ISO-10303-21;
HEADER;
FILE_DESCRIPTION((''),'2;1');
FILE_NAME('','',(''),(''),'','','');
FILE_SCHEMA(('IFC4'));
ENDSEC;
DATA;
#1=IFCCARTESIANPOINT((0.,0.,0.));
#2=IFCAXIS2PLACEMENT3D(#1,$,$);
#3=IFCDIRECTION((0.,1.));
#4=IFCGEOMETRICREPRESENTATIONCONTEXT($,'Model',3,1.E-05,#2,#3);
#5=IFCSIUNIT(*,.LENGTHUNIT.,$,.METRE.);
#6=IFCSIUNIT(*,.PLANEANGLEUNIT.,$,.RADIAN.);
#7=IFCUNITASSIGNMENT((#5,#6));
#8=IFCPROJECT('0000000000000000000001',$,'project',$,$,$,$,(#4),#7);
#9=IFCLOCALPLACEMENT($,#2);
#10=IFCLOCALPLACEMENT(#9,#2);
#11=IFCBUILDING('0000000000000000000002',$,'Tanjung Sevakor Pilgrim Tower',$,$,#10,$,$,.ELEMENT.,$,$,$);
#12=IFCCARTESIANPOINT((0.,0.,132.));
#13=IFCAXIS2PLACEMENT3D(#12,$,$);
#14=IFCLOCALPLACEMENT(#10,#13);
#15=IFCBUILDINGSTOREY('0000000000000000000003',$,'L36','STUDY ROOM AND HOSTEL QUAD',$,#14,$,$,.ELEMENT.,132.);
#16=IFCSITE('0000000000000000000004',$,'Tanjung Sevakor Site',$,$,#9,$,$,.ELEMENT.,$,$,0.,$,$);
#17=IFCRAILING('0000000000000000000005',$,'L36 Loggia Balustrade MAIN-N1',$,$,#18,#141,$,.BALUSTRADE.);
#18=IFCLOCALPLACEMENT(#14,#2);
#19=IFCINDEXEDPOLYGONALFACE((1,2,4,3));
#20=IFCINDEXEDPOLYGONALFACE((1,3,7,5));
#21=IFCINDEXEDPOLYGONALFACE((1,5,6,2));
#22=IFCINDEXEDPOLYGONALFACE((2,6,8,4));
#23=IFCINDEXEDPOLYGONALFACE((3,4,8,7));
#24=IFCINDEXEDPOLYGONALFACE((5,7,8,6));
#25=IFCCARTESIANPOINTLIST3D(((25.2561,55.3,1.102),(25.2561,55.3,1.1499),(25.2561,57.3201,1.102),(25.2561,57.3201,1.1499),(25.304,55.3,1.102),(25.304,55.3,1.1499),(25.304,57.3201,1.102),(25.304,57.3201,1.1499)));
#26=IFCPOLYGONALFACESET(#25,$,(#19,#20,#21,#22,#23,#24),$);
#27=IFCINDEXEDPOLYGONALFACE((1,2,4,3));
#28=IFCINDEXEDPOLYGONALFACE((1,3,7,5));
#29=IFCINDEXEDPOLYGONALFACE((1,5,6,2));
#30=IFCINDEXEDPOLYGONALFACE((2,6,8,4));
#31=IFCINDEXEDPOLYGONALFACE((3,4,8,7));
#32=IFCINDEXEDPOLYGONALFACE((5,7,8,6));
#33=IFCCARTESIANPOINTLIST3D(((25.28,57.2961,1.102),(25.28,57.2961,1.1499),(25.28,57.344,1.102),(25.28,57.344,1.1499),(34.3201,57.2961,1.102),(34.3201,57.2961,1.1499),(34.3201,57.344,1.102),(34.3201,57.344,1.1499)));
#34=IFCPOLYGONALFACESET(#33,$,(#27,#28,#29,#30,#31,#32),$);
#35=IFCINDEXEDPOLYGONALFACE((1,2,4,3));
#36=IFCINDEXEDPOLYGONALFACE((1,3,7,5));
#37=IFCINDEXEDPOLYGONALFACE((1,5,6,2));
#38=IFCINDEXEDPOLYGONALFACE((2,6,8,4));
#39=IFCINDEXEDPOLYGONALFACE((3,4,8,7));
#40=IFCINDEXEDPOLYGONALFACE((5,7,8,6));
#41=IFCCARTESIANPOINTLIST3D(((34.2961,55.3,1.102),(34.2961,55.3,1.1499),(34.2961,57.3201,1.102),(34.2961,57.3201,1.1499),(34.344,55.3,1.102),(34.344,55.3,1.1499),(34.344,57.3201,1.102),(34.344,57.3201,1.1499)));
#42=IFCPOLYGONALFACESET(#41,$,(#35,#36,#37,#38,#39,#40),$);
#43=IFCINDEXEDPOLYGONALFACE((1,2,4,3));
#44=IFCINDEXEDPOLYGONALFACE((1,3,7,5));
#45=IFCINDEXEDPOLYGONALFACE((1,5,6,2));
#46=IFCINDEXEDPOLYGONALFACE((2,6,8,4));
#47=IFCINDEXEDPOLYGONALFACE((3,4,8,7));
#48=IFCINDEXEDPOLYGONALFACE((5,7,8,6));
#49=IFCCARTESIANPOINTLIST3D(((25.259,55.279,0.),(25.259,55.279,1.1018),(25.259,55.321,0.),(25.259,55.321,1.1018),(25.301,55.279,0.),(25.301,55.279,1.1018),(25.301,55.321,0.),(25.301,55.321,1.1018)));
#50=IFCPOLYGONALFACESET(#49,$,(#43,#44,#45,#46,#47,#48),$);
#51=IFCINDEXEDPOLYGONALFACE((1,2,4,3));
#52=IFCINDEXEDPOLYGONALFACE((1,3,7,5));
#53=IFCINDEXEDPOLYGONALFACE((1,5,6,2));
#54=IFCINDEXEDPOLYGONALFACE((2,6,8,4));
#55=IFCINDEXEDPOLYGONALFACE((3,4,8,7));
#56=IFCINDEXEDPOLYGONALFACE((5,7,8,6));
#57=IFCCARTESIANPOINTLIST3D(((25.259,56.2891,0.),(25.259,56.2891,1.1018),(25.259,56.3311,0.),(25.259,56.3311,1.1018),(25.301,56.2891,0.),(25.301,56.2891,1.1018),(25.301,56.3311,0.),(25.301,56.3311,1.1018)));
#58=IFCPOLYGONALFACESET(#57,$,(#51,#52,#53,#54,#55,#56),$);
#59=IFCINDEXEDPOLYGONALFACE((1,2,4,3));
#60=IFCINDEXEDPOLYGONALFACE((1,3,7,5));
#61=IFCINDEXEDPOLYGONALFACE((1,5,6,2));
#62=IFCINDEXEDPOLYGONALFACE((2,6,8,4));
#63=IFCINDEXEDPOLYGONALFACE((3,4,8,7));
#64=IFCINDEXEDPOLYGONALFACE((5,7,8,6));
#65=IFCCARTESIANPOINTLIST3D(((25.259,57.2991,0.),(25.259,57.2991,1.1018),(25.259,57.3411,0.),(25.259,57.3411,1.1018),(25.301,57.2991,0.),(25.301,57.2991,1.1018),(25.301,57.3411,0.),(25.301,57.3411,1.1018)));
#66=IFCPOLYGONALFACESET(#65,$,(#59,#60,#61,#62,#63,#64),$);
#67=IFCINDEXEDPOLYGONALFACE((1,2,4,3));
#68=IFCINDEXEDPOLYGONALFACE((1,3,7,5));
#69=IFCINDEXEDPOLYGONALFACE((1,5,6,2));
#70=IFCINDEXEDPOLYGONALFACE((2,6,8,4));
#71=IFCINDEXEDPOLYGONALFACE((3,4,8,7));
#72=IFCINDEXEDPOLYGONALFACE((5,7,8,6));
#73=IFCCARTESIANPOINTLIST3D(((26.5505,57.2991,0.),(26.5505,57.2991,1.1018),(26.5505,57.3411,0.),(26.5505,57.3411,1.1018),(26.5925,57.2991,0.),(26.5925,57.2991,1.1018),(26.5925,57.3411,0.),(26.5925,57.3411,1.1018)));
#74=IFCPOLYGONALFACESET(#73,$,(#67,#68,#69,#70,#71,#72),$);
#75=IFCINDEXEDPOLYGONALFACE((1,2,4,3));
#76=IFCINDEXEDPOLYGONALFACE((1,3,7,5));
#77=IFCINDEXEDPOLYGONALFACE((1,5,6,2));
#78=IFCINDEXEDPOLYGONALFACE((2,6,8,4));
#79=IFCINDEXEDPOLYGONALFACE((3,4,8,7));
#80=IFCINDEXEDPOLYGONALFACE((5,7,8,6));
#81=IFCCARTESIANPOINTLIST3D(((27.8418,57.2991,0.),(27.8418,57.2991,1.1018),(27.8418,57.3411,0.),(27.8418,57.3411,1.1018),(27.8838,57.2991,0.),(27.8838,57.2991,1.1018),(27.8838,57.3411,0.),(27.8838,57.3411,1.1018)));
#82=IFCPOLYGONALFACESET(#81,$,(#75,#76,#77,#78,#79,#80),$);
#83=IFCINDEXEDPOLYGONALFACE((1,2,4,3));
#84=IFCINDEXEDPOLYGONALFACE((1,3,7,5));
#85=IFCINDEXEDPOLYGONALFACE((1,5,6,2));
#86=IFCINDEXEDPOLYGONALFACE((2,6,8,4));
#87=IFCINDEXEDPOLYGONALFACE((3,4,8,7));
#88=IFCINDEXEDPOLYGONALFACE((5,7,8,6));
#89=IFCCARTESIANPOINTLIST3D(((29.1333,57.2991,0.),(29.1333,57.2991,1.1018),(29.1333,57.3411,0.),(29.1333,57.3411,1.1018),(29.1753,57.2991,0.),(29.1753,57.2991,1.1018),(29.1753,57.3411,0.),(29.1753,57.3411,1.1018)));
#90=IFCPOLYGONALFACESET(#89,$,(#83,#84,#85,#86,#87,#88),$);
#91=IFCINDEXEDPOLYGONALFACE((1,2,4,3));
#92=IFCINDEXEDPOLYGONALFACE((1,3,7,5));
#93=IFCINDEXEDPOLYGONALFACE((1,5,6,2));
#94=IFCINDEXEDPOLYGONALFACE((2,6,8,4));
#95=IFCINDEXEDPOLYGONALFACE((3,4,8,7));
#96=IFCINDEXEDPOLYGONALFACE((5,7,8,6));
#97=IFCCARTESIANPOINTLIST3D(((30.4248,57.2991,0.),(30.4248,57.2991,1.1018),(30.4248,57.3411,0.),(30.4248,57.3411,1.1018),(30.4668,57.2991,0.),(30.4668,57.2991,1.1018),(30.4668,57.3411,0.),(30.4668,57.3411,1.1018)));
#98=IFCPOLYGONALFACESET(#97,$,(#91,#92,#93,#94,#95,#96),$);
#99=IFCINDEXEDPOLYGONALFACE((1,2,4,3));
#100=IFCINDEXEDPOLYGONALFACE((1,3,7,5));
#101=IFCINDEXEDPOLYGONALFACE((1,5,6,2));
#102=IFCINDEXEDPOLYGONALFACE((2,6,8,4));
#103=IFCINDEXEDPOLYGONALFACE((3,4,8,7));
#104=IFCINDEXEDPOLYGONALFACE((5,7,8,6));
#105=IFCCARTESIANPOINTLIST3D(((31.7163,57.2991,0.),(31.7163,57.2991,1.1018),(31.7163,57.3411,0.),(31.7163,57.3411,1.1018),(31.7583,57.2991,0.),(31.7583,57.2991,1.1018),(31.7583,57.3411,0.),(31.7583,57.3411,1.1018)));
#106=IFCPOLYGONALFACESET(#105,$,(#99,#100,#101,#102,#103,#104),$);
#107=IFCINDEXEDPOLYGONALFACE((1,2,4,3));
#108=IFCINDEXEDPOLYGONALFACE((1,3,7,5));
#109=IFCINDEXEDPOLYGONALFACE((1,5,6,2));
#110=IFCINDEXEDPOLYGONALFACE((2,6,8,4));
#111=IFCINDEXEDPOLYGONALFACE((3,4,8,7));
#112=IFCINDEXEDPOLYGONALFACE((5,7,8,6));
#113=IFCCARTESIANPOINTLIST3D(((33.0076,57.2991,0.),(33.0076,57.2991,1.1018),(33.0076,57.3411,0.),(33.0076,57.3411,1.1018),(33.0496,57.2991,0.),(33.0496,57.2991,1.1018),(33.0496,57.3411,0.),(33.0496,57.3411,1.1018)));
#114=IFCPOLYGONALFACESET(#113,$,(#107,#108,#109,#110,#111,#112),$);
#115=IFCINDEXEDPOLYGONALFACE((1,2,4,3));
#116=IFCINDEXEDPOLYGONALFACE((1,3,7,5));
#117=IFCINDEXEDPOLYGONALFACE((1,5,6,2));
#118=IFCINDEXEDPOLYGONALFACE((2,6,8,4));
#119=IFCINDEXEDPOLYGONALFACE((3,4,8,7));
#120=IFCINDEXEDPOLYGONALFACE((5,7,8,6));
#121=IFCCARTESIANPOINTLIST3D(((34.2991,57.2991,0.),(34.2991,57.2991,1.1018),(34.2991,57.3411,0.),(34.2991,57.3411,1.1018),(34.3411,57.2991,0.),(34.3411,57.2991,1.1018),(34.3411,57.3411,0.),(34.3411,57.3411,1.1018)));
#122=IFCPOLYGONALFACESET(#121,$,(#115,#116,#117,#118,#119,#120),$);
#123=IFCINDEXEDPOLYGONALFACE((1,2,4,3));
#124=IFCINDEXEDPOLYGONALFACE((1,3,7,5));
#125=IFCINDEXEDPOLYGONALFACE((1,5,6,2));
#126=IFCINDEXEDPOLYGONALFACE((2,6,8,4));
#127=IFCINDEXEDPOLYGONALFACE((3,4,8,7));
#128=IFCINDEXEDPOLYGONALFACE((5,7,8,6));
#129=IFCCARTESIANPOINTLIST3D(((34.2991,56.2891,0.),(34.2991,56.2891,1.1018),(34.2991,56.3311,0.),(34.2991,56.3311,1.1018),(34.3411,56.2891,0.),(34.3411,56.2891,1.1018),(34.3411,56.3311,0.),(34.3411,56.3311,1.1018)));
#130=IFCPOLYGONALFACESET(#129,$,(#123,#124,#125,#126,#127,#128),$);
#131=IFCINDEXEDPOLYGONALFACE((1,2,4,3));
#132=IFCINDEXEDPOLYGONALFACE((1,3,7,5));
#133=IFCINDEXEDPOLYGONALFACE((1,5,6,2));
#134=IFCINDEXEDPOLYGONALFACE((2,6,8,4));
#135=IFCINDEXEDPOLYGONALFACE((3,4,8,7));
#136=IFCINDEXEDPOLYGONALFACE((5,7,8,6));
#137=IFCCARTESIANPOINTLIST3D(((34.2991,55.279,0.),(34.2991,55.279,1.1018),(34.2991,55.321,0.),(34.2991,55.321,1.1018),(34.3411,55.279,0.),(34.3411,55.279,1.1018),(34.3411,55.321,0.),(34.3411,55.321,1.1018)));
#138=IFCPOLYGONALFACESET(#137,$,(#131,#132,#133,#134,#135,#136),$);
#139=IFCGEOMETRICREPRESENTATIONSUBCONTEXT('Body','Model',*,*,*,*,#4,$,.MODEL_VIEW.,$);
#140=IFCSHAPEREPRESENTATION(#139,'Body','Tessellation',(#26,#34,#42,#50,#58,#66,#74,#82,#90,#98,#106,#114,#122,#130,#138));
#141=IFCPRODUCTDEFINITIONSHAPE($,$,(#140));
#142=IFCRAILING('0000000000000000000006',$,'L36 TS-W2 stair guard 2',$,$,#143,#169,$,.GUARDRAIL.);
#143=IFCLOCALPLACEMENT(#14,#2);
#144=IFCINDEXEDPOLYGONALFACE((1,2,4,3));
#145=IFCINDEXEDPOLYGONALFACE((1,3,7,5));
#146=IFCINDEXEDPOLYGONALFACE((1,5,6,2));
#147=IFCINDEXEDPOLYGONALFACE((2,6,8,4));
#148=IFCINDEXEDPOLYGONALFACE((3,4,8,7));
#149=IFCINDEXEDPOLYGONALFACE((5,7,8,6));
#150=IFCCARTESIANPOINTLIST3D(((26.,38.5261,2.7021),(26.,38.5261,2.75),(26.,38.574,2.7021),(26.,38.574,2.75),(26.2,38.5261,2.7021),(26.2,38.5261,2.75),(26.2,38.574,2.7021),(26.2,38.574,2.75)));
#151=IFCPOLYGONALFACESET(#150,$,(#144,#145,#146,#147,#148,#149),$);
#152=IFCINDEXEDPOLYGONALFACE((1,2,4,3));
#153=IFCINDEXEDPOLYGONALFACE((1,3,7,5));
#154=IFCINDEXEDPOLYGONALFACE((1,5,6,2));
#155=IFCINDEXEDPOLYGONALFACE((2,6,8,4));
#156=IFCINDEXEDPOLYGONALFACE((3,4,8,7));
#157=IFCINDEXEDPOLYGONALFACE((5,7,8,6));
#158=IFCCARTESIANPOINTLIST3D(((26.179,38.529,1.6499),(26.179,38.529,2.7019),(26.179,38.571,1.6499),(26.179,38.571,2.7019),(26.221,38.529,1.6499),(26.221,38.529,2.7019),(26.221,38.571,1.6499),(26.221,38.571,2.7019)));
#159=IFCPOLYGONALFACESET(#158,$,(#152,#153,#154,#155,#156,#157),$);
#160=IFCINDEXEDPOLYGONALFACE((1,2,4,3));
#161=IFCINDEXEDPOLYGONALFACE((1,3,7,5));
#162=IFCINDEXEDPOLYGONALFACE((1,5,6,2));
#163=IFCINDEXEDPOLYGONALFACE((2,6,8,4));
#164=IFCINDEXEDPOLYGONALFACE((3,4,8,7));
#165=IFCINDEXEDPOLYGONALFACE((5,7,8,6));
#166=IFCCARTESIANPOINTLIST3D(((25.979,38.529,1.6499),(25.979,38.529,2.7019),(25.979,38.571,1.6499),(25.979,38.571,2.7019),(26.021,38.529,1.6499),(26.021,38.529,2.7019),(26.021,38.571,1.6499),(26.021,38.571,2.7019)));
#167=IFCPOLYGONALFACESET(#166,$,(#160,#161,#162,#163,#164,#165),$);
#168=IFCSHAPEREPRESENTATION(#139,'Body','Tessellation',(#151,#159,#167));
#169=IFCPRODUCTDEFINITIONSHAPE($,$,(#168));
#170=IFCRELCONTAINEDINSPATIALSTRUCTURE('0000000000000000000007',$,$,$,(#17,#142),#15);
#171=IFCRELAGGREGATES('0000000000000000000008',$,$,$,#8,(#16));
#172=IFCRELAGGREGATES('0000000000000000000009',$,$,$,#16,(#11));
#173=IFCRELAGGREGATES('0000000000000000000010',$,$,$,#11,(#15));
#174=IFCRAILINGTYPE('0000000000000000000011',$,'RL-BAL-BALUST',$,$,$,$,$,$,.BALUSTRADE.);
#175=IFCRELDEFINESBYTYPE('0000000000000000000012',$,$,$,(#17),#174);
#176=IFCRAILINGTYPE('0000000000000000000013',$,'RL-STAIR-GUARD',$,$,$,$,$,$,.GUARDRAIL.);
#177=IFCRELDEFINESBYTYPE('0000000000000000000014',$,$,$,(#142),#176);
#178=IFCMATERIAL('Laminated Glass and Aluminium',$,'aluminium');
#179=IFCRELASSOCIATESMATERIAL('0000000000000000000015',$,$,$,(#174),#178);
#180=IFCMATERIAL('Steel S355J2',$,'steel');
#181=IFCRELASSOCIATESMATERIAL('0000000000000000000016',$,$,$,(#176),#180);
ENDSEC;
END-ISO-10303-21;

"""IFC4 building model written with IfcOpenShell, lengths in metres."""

from ifc_helpers import new_model, si_unit, direction, frame, origin, place, context, subcontext, project, spatial, rectangle, extrude, material, type_object, element, save


model = new_model("IFC4")

# Units and contexts
model_context = context("Model", 3, precision=1e-05, world=origin(), true_north=direction((0.0, 1.0)))
body_context = subcontext(model_context, "Body", "Model", "MODEL_VIEW")
ifc_project = project(units=[si_unit("LENGTHUNIT", "METRE"), si_unit("PLANEANGLEUNIT", "RADIAN")], contexts=[model_context])

# Site, building, storey
site_placement = place(None, origin())
site = spatial("IfcSite", under=ifc_project, at=site_placement, Name="Tanjung Sevakor Site", CompositionType="ELEMENT", RefElevation=0.0)
building_placement = place(site_placement, origin())
building = spatial("IfcBuilding", under=site, at=building_placement, Name="Tanjung Sevakor Pilgrim Tower", CompositionType="ELEMENT")
storey_placement = place(building_placement, frame((0.0, 0.0, 132.0)))
storey = spatial("IfcBuildingStorey", under=building, at=storey_placement, Name="L36", Description="STUDY ROOM AND HOSTEL QUAD", CompositionType="ELEMENT", Elevation=132.0)

# Railings
ifc_material_1 = material(Name="Laminated Glass and Aluminium", Category="aluminium")
railing_type_1 = type_object("IfcRailingType", Name="RL-BAL-BALUST", PredefinedType="BALUSTRADE", material=ifc_material_1)
railing_1_placement = place(storey_placement, frame((25.28, 55.3, 0.0)))
element("IfcRailing", 1, at=railing_1_placement, inside=storey, type_object=railing_type_1, Name="L36 Loggia Balustrade MAIN-N1", PredefinedType="BALUSTRADE", context=body_context, shape_type="SweptSolid", body=[
    extrude(rectangle(XDim=0.0479, YDim=0.0479), frame((0.0, 0.0, 1.126), z_axis=(0.0, 1.0, 0.0), x_axis=(-1.0, 0.0, 0.0)), (0.0, 0.0, 1.0), 2.02),
    extrude(rectangle(XDim=0.0479, YDim=0.0479), frame((0.0, 2.02, 1.126), z_axis=(1.0, 0.0, 0.0), x_axis=(0.0, 1.0, 0.0)), (0.0, 0.0, 1.0), 9.04),
    extrude(rectangle(XDim=0.0479, YDim=0.0479), frame((9.04, 2.02, 1.126), z_axis=(0.0, -1.0, 0.0), x_axis=(1.0, 0.0, 0.0)), (0.0, 0.0, 1.0), 2.02),
    extrude(rectangle(XDim=0.042, YDim=0.042), origin(), (0.0, 0.0, 1.0), 1.1018),
    extrude(rectangle(XDim=0.042, YDim=0.042), frame((0.0, 1.01, 0.0)), (0.0, 0.0, 1.0), 1.1018),
    extrude(rectangle(XDim=0.042, YDim=0.042), frame((0.0, 2.02, 0.0)), (0.0, 0.0, 1.0), 1.1018),
    extrude(rectangle(XDim=0.042, YDim=0.042), frame((1.2915, 2.02, 0.0)), (0.0, 0.0, 1.0), 1.1018),
    extrude(rectangle(XDim=0.042, YDim=0.042), frame((2.5828, 2.02, 0.0)), (0.0, 0.0, 1.0), 1.1018),
    extrude(rectangle(XDim=0.042, YDim=0.042), frame((3.8743, 2.02, 0.0)), (0.0, 0.0, 1.0), 1.1018),
    extrude(rectangle(XDim=0.042, YDim=0.042), frame((5.1658, 2.02, 0.0)), (0.0, 0.0, 1.0), 1.1018),
    extrude(rectangle(XDim=0.042, YDim=0.042), frame((6.4573, 2.02, 0.0)), (0.0, 0.0, 1.0), 1.1018),
    extrude(rectangle(XDim=0.042, YDim=0.042), frame((7.7485, 2.02, 0.0)), (0.0, 0.0, 1.0), 1.1018),
    extrude(rectangle(XDim=0.042, YDim=0.042), frame((9.04, 2.02, 0.0)), (0.0, 0.0, 1.0), 1.1018),
    extrude(rectangle(XDim=0.042, YDim=0.042), frame((9.04, 1.01, 0.0)), (0.0, 0.0, 1.0), 1.1018),
    extrude(rectangle(XDim=0.042, YDim=0.042), frame((9.04, 0.0, 0.0)), (0.0, 0.0, 1.0), 1.1018),
])
ifc_material_2 = material(Name="Steel S355J2", Category="steel")
railing_type_2 = type_object("IfcRailingType", Name="RL-STAIR-GUARD", PredefinedType="GUARDRAIL", material=ifc_material_2)
railing_2_placement = place(storey_placement, frame((26.2, 38.55, 1.6499)))
element("IfcRailing", 2, at=railing_2_placement, inside=storey, type_object=railing_type_2, Name="L36 TS-W2 stair guard 2", PredefinedType="GUARDRAIL", context=body_context, shape_type="SweptSolid", body=[
    extrude(rectangle(XDim=0.0479, YDim=0.0479), frame((0.0, 0.0, 1.0762), z_axis=(-1.0, 0.0, 0.0), x_axis=(0.0, -1.0, 0.0)), (0.0, 0.0, 1.0), 0.2),
    extrude(rectangle(XDim=0.042, YDim=0.042), origin(), (0.0, 0.0, 1.0), 1.052),
    extrude(rectangle(XDim=0.042, YDim=0.042), frame((-0.2, 0.0, 0.0)), (0.0, 0.0, 1.0), 1.052),
])

save(model, "model.ifc")
